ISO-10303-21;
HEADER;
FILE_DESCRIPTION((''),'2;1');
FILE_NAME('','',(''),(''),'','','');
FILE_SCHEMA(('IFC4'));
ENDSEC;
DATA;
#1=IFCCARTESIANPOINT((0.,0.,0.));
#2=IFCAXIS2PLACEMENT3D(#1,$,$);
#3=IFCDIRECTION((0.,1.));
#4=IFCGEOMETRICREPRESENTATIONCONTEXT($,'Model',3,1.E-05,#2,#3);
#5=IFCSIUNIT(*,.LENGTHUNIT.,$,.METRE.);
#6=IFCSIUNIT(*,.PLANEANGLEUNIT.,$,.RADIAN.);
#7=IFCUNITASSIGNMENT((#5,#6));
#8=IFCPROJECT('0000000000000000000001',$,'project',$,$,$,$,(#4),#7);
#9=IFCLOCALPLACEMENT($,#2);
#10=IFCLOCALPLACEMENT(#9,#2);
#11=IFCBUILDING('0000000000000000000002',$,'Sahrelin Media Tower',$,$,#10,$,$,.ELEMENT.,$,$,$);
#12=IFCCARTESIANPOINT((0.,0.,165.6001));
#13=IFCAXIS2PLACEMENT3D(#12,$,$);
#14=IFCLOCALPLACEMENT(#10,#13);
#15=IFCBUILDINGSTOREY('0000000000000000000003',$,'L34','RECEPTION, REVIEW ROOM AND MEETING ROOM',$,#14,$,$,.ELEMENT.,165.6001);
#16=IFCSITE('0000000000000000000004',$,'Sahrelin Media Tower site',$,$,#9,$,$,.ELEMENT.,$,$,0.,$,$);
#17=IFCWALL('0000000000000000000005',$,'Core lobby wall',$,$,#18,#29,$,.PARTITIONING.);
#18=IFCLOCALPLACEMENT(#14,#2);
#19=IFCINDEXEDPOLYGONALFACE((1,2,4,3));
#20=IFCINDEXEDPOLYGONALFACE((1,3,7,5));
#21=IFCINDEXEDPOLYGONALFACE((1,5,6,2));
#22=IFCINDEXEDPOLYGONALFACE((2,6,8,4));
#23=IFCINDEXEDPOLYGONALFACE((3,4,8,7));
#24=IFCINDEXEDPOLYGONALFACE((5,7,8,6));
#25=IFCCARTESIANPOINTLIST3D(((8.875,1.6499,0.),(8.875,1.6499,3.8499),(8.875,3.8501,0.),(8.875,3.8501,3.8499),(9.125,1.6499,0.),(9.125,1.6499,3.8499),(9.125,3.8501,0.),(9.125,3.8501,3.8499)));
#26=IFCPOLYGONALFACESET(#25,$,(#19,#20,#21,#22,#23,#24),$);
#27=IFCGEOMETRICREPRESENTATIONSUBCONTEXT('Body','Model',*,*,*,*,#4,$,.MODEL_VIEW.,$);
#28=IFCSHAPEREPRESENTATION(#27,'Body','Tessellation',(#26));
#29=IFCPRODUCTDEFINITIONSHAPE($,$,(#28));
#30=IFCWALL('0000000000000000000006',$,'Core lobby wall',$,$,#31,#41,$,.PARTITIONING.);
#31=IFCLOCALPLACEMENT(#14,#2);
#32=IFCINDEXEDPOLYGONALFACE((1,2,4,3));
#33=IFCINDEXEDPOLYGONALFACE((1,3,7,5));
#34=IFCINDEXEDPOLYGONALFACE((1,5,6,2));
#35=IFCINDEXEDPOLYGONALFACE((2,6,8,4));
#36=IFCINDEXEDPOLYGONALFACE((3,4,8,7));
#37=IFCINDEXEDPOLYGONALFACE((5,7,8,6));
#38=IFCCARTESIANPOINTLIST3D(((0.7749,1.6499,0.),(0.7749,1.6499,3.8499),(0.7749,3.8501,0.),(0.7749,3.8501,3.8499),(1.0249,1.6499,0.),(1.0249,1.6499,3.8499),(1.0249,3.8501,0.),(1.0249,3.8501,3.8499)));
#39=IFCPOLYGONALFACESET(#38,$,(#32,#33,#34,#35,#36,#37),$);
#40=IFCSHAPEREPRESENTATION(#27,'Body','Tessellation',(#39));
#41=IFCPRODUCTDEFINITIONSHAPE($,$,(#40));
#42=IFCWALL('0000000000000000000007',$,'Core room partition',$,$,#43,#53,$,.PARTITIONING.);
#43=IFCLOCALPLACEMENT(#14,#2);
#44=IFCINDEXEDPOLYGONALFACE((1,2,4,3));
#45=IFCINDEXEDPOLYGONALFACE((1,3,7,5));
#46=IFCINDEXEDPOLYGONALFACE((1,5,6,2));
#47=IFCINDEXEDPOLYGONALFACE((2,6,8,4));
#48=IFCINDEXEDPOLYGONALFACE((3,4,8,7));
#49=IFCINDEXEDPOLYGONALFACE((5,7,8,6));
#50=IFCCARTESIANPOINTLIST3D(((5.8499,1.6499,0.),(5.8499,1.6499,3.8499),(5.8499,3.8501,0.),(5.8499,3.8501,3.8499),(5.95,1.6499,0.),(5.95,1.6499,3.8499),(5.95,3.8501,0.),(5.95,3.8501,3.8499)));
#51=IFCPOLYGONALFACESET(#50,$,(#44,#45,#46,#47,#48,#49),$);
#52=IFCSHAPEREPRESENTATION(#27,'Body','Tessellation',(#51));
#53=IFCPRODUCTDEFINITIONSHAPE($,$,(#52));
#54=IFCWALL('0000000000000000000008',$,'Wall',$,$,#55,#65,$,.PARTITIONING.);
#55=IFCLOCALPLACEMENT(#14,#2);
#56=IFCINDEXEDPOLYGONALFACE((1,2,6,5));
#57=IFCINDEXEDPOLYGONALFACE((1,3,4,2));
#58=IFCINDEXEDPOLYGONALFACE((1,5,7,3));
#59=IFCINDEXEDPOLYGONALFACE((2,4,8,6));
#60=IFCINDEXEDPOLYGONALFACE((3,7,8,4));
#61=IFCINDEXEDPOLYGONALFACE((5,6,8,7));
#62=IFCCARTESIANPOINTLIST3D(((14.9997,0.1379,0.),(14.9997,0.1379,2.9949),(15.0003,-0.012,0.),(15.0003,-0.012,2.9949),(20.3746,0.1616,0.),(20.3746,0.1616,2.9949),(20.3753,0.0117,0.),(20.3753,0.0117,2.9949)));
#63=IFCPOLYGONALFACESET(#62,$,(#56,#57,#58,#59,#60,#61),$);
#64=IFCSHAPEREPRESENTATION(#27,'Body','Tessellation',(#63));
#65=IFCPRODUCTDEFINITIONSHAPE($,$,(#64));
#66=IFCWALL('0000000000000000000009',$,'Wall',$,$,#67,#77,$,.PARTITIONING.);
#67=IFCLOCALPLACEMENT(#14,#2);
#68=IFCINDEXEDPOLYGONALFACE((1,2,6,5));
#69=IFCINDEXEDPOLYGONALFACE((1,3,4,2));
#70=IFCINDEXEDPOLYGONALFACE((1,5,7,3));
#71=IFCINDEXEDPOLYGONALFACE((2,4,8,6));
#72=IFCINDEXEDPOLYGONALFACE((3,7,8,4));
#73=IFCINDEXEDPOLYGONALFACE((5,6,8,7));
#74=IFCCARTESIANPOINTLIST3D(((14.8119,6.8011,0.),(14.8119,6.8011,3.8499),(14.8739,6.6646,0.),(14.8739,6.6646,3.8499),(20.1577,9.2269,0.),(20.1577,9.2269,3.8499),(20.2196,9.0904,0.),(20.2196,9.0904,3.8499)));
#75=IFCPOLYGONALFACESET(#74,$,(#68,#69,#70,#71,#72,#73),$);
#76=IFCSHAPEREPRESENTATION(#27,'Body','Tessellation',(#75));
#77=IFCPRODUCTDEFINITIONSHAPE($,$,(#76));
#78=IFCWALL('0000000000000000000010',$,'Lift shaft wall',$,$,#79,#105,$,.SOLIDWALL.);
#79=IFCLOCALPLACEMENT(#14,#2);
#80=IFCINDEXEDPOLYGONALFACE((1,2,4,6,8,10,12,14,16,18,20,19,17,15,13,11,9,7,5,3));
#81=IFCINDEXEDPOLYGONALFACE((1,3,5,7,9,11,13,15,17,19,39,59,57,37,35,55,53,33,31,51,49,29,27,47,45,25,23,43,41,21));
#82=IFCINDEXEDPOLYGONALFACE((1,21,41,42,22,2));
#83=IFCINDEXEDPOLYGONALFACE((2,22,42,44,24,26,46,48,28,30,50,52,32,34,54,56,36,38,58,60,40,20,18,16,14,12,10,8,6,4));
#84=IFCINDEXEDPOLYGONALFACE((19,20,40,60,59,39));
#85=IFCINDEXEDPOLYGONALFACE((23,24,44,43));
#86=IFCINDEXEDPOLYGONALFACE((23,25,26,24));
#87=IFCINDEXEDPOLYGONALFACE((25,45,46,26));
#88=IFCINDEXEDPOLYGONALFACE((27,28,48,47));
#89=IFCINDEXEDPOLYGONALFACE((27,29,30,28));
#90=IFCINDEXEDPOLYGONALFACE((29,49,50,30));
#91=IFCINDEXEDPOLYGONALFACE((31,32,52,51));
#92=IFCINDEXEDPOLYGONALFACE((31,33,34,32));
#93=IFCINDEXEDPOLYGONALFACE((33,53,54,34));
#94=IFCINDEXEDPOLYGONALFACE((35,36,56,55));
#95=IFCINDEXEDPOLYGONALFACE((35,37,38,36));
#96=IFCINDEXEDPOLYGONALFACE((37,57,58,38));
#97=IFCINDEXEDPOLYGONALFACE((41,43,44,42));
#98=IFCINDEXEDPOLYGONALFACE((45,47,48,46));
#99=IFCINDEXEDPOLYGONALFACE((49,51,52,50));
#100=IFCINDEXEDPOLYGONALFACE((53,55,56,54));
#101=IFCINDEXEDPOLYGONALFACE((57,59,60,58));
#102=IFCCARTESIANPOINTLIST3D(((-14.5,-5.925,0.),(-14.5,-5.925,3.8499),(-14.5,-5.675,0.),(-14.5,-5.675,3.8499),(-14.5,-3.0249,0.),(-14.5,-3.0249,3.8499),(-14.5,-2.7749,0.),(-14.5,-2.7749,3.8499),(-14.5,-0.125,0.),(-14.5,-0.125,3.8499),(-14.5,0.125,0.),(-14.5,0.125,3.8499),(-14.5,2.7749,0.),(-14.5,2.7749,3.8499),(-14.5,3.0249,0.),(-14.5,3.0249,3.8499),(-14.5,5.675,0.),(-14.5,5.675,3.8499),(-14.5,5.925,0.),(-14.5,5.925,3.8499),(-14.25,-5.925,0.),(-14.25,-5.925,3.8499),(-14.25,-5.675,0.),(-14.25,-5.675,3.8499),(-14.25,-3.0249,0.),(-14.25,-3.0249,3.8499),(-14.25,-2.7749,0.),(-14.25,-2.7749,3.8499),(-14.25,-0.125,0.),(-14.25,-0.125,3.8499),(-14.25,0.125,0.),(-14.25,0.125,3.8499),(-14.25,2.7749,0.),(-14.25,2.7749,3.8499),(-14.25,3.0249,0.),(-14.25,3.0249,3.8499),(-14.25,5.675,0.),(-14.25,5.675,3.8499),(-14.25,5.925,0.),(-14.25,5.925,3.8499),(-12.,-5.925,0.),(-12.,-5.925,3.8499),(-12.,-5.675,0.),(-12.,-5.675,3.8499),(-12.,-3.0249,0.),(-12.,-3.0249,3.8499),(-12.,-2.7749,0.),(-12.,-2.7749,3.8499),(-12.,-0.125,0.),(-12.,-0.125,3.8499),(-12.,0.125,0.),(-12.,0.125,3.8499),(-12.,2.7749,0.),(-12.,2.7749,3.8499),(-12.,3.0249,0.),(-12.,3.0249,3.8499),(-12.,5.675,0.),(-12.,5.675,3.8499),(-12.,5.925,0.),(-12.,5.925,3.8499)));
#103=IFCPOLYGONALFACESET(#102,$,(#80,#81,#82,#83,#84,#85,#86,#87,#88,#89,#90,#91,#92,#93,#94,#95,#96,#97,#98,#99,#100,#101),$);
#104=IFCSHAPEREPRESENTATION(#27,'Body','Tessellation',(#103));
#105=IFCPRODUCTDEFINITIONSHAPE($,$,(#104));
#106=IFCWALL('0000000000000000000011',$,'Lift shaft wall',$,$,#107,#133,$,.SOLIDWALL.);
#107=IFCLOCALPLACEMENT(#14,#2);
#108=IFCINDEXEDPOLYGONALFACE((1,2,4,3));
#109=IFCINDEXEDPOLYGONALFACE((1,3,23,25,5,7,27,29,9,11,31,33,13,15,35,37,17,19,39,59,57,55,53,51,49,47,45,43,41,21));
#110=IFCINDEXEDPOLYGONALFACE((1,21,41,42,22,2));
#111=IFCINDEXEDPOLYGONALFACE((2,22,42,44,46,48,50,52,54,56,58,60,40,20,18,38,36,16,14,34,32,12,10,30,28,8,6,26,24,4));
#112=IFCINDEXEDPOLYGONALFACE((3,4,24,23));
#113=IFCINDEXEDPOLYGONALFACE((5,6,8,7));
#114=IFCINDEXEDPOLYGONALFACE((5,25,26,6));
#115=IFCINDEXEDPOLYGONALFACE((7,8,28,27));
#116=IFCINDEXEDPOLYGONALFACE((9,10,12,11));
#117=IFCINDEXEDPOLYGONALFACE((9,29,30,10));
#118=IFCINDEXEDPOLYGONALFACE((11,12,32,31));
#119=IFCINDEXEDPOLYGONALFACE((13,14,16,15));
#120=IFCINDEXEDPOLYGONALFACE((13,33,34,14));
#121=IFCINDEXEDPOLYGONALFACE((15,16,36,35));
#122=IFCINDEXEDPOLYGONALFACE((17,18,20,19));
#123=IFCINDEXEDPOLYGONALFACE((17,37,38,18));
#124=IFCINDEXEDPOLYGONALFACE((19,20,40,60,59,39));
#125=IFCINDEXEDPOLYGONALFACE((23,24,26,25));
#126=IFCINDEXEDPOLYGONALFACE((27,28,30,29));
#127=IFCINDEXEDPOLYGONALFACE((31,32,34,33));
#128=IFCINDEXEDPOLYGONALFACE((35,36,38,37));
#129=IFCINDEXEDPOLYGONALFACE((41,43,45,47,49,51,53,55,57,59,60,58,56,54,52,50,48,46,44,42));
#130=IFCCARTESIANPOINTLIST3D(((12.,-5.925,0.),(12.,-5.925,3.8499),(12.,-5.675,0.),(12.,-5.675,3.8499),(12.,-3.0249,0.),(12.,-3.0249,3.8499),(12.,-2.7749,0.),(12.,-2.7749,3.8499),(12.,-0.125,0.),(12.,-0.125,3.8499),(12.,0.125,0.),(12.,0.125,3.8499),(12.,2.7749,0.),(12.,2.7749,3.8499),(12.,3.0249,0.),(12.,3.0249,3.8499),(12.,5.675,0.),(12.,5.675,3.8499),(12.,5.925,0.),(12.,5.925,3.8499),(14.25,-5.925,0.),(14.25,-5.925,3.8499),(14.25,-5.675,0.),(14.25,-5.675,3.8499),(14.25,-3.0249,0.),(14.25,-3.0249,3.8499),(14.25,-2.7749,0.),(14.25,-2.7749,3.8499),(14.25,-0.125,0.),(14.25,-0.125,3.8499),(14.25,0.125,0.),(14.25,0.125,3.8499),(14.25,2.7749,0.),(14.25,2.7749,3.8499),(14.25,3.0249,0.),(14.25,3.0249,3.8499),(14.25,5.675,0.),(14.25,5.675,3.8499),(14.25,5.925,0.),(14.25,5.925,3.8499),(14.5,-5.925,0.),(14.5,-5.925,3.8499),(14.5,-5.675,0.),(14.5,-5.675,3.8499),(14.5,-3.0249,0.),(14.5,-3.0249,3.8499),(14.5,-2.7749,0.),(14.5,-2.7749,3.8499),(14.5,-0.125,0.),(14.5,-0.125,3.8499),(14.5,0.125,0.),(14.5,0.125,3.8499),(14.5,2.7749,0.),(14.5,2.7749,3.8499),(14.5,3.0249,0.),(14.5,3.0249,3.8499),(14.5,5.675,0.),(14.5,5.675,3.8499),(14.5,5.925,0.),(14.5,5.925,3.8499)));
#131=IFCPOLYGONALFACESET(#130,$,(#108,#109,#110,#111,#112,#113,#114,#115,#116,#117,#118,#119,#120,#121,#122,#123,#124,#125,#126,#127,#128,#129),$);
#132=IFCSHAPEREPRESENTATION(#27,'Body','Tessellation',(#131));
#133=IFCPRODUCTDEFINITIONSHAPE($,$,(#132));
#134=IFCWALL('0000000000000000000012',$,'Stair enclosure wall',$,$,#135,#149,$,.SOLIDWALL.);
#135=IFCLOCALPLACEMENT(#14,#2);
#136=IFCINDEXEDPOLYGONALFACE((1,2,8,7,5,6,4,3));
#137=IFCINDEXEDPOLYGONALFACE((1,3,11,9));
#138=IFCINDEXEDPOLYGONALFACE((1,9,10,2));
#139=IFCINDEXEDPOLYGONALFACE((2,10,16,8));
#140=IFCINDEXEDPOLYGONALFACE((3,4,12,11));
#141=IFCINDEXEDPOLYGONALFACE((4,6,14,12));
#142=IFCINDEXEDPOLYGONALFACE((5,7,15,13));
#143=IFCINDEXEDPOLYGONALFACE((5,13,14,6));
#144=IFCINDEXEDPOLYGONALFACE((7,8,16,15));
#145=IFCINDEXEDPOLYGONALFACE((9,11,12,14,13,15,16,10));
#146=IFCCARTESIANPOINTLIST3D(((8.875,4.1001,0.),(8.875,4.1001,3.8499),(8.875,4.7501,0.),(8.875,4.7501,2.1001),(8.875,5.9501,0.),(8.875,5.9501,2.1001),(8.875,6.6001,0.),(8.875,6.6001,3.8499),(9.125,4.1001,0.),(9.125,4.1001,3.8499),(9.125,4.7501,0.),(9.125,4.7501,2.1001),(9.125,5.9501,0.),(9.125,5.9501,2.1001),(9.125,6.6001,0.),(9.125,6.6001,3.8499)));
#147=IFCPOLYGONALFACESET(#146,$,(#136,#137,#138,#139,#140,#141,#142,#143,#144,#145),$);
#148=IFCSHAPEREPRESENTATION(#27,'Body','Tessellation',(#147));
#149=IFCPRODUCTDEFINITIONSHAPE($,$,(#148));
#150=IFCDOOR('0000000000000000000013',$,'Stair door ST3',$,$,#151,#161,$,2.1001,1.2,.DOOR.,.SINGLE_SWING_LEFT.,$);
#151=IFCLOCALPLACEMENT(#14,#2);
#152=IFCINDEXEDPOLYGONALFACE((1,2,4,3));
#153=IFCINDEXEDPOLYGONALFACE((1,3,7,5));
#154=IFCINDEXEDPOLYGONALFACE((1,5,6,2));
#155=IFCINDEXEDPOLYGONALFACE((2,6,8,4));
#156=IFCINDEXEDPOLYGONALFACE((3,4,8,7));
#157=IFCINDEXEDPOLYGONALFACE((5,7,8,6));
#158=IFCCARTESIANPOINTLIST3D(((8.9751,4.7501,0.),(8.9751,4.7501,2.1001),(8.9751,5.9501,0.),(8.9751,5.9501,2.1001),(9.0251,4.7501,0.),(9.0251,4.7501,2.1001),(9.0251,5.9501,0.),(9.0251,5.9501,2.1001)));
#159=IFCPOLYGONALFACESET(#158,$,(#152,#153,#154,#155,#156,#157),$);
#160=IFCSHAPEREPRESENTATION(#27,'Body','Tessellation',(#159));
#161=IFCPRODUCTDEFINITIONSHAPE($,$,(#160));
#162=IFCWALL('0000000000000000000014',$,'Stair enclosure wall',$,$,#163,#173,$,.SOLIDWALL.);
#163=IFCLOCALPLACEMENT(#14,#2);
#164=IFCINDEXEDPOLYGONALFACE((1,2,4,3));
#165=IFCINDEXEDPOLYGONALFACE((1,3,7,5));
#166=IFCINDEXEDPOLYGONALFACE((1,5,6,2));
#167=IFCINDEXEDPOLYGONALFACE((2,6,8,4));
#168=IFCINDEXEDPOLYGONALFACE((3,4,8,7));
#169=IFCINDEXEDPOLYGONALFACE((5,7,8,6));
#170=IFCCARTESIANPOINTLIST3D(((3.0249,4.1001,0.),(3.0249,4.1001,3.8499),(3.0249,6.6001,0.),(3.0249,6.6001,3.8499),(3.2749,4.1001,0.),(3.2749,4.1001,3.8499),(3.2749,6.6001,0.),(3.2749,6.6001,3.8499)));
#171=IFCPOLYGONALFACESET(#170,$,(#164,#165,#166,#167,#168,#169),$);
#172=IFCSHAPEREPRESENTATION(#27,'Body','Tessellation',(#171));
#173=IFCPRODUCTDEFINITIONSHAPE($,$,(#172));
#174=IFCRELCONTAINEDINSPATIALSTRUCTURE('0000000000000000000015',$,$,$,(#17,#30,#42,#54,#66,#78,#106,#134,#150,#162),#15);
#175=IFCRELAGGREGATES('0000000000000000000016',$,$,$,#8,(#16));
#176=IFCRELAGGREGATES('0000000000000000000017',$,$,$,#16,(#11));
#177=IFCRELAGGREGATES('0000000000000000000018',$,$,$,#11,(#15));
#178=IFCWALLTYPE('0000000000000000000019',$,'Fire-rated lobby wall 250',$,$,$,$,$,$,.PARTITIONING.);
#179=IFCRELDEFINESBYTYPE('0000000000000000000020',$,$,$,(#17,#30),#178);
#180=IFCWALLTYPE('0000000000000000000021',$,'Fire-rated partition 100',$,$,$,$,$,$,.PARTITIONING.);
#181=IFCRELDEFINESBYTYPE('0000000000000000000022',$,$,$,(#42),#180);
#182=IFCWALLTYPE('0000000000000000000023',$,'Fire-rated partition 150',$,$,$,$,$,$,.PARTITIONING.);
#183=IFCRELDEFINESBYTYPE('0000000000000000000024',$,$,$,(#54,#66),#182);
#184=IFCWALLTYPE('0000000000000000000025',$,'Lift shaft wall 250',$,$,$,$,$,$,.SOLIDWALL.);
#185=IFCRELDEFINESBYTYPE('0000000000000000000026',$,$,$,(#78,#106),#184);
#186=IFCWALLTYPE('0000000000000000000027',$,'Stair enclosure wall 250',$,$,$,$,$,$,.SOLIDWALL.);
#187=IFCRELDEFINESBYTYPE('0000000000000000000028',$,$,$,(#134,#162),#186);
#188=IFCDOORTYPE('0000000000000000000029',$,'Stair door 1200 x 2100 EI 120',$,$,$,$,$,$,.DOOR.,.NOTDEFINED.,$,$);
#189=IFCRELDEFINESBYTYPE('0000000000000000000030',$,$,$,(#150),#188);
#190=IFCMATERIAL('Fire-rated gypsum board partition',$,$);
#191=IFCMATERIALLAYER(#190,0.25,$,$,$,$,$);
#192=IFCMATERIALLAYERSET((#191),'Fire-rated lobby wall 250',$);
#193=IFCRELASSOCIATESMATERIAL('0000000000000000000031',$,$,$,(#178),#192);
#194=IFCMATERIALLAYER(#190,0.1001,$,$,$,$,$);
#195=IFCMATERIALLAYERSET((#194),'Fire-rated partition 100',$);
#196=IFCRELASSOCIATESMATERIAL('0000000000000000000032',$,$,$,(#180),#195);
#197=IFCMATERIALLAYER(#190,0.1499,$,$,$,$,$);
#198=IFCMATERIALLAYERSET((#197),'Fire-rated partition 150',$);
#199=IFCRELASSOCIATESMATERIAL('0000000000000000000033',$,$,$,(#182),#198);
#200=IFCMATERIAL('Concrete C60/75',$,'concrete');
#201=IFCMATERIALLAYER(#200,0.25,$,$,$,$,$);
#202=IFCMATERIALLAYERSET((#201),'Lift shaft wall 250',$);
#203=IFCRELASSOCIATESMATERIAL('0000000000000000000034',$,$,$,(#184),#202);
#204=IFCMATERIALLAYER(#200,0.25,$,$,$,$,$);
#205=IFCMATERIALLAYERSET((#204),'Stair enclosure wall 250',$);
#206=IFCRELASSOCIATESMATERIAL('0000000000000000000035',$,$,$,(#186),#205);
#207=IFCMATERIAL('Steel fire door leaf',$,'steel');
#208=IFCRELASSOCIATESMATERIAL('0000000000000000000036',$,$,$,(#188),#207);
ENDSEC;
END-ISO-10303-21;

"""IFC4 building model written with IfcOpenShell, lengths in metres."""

from ifc_helpers import new_model, si_unit, direction, frame, frame_2d, origin, place, context, subcontext, project, spatial, polyline, rectangle, outline, extrude, material, layer, layer_set, type_object, element, fill, save


model = new_model("IFC4")

# Units and contexts
model_context = context("Model", 3, precision=1e-05, world=origin(), true_north=direction((0.0, 1.0)))
body_context = subcontext(model_context, "Body", "Model", "MODEL_VIEW")
ifc_project = project(units=[si_unit("LENGTHUNIT", "METRE"), si_unit("PLANEANGLEUNIT", "RADIAN")], contexts=[model_context])

# Site, building, storey
site_placement = place(None, origin())
site = spatial("IfcSite", under=ifc_project, at=site_placement, Name="Sahrelin Media Tower site", CompositionType="ELEMENT", RefElevation=0.0)
building_placement = place(site_placement, origin())
building = spatial("IfcBuilding", under=site, at=building_placement, Name="Sahrelin Media Tower", CompositionType="ELEMENT")
storey_placement = place(building_placement, frame((0.0, 0.0, 165.6001)))
storey = spatial("IfcBuildingStorey", under=building, at=storey_placement, Name="L34", Description="RECEPTION, REVIEW ROOM AND MEETING ROOM", CompositionType="ELEMENT", Elevation=165.6001)

# Shared definitions
ifc_material_1 = material(Name="Fire-rated gypsum board partition")
ifc_layer_1 = layer(ifc_material_1, 0.25)
ifc_layer_set_1 = layer_set([ifc_layer_1], Name="Fire-rated lobby wall 250")
wall_type_1 = type_object("IfcWallType", Name="Fire-rated lobby wall 250", PredefinedType="PARTITIONING", material=ifc_layer_set_1)
ifc_material_2 = material(Name="Steel fire door leaf", Category="steel")

# Walls
for number, where, z_axis, x_axis, name in (
    (1, (9.0, 1.6499, 0.0), (0.0, 0.0, 1.0), (0.0, 1.0, 0.0), "Core lobby wall"),
    (2, (0.8999, 1.6499, 0.0), (0.0, 0.0, 1.0), (0.0, 1.0, 0.0), "Core lobby wall"),
):
    element("IfcWall", number, at=place(storey_placement, frame(where, z_axis=z_axis, x_axis=x_axis)), inside=storey, type_object=wall_type_1, Name=name, PredefinedType="PARTITIONING", context=body_context, shape_type="SweptSolid", body=[
        extrude(rectangle(XDim=2.2002, YDim=0.25, at=frame_2d((1.1001, 0.0))), origin(), (0.0, 0.0, 1.0), 3.8499),
    ])
ifc_layer_2 = layer(ifc_material_1, 0.1001)
ifc_layer_set_2 = layer_set([ifc_layer_2], Name="Fire-rated partition 100")
wall_type_2 = type_object("IfcWallType", Name="Fire-rated partition 100", PredefinedType="PARTITIONING", material=ifc_layer_set_2)
wall_1_placement = place(storey_placement, frame((5.8999, 1.6499, 0.0), z_axis=(0.0, 0.0, 1.0), x_axis=(0.0, 1.0, 0.0)))
element("IfcWall", 3, at=wall_1_placement, inside=storey, type_object=wall_type_2, Name="Core room partition", PredefinedType="PARTITIONING", context=body_context, shape_type="SweptSolid", body=[
    extrude(rectangle(XDim=2.2002, YDim=0.1001, at=frame_2d((1.1001, 0.0))), origin(), (0.0, 0.0, 1.0), 3.8499),
])
ifc_layer_3 = layer(ifc_material_1, 0.1499)
ifc_layer_set_3 = layer_set([ifc_layer_3], Name="Fire-rated partition 150")
wall_type_3 = type_object("IfcWallType", Name="Fire-rated partition 150", PredefinedType="PARTITIONING", material=ifc_layer_set_3)
wall_2_placement = place(storey_placement, frame((15.0, 0.063, 0.0), z_axis=(0.0, 0.0, 1.0), x_axis=(0.99999, 0.004406, 0.0)))
element("IfcWall", 4, at=wall_2_placement, inside=storey, type_object=wall_type_3, Name="Wall", PredefinedType="PARTITIONING", context=body_context, shape_type="SweptSolid", body=[
    extrude(rectangle(XDim=5.375, YDim=0.1499, at=frame_2d((2.6875, 0.0))), origin(), (0.0, 0.0, 1.0), 2.9949),
])
wall_3_placement = place(storey_placement, frame((14.843, 6.7329, 0.0), z_axis=(0.0, 0.0, 1.0), x_axis=(0.910628, 0.413226, 0.0)))
element("IfcWall", 5, at=wall_3_placement, inside=storey, type_object=wall_type_3, Name="Wall", PredefinedType="PARTITIONING", context=body_context, shape_type="SweptSolid", body=[
    extrude(rectangle(XDim=5.8704, YDim=0.1499, at=frame_2d((2.9351, 0.0))), origin(), (0.0, 0.0, 1.0), 3.8499),
])
ifc_material_3 = material(Name="Concrete C60/75", Category="concrete")
ifc_layer_4 = layer(ifc_material_3, 0.25)
ifc_layer_set_4 = layer_set([ifc_layer_4], Name="Lift shaft wall 250")
wall_type_4 = type_object("IfcWallType", Name="Lift shaft wall 250", PredefinedType="SOLIDWALL", material=ifc_layer_set_4)
placement = place(storey_placement, origin())
element("IfcWall", 6, at=placement, inside=storey, type_object=wall_type_4, Name="Lift shaft wall", PredefinedType="SOLIDWALL", context=body_context, shape_type="SweptSolid", body=[
    extrude(outline(polyline([(-12.0, -5.925), (-12.0, -5.675), (-14.25, -5.675), (-14.25, -3.0249), (-12.0, -3.0249), (-12.0, -2.7749), (-14.25, -2.7749), (-14.25, -0.125), (-12.0, -0.125), (-12.0, 0.125), (-14.25, 0.125), (-14.25, 2.7749), (-12.0, 2.7749), (-12.0, 3.0249), (-14.25, 3.0249), (-14.25, 5.675), (-12.0, 5.675), (-12.0, 5.925), (-14.25, 5.925), (-14.5, 5.925), (-14.5, 5.675), (-14.5, 3.0249), (-14.5, 2.7749), (-14.5, 0.125), (-14.5, -0.125), (-14.5, -2.7749), (-14.5, -3.0249), (-14.5, -5.675), (-14.5, -5.925), (-14.25, -5.925), (-12.0, -5.925)])), origin(), (0.0, 0.0, 1.0), 3.8499),
])
element("IfcWall", 7, at=placement, inside=storey, type_object=wall_type_4, Name="Lift shaft wall", PredefinedType="SOLIDWALL", context=body_context, shape_type="SweptSolid", body=[
    extrude(outline(polyline([(12.0, -5.675), (12.0, -5.925), (14.25, -5.925), (14.5, -5.925), (14.5, -5.675), (14.5, -3.0249), (14.5, -2.7749), (14.5, -0.125), (14.5, 0.125), (14.5, 2.7749), (14.5, 3.0249), (14.5, 5.675), (14.5, 5.925), (14.25, 5.925), (12.0, 5.925), (12.0, 5.675), (14.25, 5.675), (14.25, 3.0249), (12.0, 3.0249), (12.0, 2.7749), (14.25, 2.7749), (14.25, 0.125), (12.0, 0.125), (12.0, -0.125), (14.25, -0.125), (14.25, -2.7749), (12.0, -2.7749), (12.0, -3.0249), (14.25, -3.0249), (14.25, -5.675), (12.0, -5.675)])), origin(), (0.0, 0.0, 1.0), 3.8499),
])

# Wall, opening, door
ifc_layer_5 = layer(ifc_material_3, 0.25)
ifc_layer_set_5 = layer_set([ifc_layer_5], Name="Stair enclosure wall 250")
wall_type_5 = type_object("IfcWallType", Name="Stair enclosure wall 250", PredefinedType="SOLIDWALL", material=ifc_layer_set_5)
wall_4_placement = place(storey_placement, frame((9.0, 4.1001, 0.0), z_axis=(0.0, 0.0, 1.0), x_axis=(0.0, 1.0, 0.0)))
wall_4 = element("IfcWall", 8, at=wall_4_placement, inside=storey, type_object=wall_type_5, Name="Stair enclosure wall", PredefinedType="SOLIDWALL", context=body_context, shape_type="SweptSolid", body=[
    extrude(rectangle(XDim=2.5, YDim=0.25, at=frame_2d((1.25, 0.0))), origin(), (0.0, 0.0, 1.0), 3.8499),
])
opening_1_placement = place(wall_4_placement, frame((0.6499, 0.0, 0.0)))
opening_1 = element("IfcOpeningElement", 9, at=opening_1_placement, cuts=wall_4, PredefinedType="OPENING", context=body_context, shape_type="SweptSolid", body=[
    extrude(rectangle(XDim=1.2, YDim=2.1001, at=frame_2d((0.6001, 1.05))), frame((0.0, 0.125, 0.0), z_axis=(0.0, -1.0, 0.0), x_axis=(1.0, 0.0, 0.0)), (0.0, 0.0, 1.0), 0.25),
])
door_type_1 = type_object("IfcDoorType", Name="Stair door 1200 x 2100 EI 120", OperationType="NOTDEFINED", PredefinedType="DOOR", material=ifc_material_2)
door_1_placement = place(opening_1_placement, origin())
door_1 = element("IfcDoor", 10, at=door_1_placement, inside=storey, type_object=door_type_1, Name="Stair door ST3", OperationType="SINGLE_SWING_LEFT", OverallHeight=2.1001, OverallWidth=1.2, PredefinedType="DOOR", context=body_context, shape_type="SweptSolid", body=[
    extrude(rectangle(XDim=1.2, YDim=2.1001, at=frame_2d((0.6001, 1.05))), frame((0.0, 0.0249, 0.0), z_axis=(0.0, -1.0, 0.0), x_axis=(1.0, 0.0, 0.0)), (0.0, 0.0, 1.0), 0.05),
])
fill(opening_1, door_1)

# Wall
wall_5_placement = place(storey_placement, frame((3.1499, 4.1001, 0.0), z_axis=(0.0, 0.0, 1.0), x_axis=(0.0, 1.0, 0.0)))
element("IfcWall", 11, at=wall_5_placement, inside=storey, type_object=wall_type_5, Name="Stair enclosure wall", PredefinedType="SOLIDWALL", context=body_context, shape_type="SweptSolid", body=[
    extrude(rectangle(XDim=2.5, YDim=0.25, at=frame_2d((1.25, 0.0))), origin(), (0.0, 0.0, 1.0), 3.8499),
])

save(model, "model.ifc")
